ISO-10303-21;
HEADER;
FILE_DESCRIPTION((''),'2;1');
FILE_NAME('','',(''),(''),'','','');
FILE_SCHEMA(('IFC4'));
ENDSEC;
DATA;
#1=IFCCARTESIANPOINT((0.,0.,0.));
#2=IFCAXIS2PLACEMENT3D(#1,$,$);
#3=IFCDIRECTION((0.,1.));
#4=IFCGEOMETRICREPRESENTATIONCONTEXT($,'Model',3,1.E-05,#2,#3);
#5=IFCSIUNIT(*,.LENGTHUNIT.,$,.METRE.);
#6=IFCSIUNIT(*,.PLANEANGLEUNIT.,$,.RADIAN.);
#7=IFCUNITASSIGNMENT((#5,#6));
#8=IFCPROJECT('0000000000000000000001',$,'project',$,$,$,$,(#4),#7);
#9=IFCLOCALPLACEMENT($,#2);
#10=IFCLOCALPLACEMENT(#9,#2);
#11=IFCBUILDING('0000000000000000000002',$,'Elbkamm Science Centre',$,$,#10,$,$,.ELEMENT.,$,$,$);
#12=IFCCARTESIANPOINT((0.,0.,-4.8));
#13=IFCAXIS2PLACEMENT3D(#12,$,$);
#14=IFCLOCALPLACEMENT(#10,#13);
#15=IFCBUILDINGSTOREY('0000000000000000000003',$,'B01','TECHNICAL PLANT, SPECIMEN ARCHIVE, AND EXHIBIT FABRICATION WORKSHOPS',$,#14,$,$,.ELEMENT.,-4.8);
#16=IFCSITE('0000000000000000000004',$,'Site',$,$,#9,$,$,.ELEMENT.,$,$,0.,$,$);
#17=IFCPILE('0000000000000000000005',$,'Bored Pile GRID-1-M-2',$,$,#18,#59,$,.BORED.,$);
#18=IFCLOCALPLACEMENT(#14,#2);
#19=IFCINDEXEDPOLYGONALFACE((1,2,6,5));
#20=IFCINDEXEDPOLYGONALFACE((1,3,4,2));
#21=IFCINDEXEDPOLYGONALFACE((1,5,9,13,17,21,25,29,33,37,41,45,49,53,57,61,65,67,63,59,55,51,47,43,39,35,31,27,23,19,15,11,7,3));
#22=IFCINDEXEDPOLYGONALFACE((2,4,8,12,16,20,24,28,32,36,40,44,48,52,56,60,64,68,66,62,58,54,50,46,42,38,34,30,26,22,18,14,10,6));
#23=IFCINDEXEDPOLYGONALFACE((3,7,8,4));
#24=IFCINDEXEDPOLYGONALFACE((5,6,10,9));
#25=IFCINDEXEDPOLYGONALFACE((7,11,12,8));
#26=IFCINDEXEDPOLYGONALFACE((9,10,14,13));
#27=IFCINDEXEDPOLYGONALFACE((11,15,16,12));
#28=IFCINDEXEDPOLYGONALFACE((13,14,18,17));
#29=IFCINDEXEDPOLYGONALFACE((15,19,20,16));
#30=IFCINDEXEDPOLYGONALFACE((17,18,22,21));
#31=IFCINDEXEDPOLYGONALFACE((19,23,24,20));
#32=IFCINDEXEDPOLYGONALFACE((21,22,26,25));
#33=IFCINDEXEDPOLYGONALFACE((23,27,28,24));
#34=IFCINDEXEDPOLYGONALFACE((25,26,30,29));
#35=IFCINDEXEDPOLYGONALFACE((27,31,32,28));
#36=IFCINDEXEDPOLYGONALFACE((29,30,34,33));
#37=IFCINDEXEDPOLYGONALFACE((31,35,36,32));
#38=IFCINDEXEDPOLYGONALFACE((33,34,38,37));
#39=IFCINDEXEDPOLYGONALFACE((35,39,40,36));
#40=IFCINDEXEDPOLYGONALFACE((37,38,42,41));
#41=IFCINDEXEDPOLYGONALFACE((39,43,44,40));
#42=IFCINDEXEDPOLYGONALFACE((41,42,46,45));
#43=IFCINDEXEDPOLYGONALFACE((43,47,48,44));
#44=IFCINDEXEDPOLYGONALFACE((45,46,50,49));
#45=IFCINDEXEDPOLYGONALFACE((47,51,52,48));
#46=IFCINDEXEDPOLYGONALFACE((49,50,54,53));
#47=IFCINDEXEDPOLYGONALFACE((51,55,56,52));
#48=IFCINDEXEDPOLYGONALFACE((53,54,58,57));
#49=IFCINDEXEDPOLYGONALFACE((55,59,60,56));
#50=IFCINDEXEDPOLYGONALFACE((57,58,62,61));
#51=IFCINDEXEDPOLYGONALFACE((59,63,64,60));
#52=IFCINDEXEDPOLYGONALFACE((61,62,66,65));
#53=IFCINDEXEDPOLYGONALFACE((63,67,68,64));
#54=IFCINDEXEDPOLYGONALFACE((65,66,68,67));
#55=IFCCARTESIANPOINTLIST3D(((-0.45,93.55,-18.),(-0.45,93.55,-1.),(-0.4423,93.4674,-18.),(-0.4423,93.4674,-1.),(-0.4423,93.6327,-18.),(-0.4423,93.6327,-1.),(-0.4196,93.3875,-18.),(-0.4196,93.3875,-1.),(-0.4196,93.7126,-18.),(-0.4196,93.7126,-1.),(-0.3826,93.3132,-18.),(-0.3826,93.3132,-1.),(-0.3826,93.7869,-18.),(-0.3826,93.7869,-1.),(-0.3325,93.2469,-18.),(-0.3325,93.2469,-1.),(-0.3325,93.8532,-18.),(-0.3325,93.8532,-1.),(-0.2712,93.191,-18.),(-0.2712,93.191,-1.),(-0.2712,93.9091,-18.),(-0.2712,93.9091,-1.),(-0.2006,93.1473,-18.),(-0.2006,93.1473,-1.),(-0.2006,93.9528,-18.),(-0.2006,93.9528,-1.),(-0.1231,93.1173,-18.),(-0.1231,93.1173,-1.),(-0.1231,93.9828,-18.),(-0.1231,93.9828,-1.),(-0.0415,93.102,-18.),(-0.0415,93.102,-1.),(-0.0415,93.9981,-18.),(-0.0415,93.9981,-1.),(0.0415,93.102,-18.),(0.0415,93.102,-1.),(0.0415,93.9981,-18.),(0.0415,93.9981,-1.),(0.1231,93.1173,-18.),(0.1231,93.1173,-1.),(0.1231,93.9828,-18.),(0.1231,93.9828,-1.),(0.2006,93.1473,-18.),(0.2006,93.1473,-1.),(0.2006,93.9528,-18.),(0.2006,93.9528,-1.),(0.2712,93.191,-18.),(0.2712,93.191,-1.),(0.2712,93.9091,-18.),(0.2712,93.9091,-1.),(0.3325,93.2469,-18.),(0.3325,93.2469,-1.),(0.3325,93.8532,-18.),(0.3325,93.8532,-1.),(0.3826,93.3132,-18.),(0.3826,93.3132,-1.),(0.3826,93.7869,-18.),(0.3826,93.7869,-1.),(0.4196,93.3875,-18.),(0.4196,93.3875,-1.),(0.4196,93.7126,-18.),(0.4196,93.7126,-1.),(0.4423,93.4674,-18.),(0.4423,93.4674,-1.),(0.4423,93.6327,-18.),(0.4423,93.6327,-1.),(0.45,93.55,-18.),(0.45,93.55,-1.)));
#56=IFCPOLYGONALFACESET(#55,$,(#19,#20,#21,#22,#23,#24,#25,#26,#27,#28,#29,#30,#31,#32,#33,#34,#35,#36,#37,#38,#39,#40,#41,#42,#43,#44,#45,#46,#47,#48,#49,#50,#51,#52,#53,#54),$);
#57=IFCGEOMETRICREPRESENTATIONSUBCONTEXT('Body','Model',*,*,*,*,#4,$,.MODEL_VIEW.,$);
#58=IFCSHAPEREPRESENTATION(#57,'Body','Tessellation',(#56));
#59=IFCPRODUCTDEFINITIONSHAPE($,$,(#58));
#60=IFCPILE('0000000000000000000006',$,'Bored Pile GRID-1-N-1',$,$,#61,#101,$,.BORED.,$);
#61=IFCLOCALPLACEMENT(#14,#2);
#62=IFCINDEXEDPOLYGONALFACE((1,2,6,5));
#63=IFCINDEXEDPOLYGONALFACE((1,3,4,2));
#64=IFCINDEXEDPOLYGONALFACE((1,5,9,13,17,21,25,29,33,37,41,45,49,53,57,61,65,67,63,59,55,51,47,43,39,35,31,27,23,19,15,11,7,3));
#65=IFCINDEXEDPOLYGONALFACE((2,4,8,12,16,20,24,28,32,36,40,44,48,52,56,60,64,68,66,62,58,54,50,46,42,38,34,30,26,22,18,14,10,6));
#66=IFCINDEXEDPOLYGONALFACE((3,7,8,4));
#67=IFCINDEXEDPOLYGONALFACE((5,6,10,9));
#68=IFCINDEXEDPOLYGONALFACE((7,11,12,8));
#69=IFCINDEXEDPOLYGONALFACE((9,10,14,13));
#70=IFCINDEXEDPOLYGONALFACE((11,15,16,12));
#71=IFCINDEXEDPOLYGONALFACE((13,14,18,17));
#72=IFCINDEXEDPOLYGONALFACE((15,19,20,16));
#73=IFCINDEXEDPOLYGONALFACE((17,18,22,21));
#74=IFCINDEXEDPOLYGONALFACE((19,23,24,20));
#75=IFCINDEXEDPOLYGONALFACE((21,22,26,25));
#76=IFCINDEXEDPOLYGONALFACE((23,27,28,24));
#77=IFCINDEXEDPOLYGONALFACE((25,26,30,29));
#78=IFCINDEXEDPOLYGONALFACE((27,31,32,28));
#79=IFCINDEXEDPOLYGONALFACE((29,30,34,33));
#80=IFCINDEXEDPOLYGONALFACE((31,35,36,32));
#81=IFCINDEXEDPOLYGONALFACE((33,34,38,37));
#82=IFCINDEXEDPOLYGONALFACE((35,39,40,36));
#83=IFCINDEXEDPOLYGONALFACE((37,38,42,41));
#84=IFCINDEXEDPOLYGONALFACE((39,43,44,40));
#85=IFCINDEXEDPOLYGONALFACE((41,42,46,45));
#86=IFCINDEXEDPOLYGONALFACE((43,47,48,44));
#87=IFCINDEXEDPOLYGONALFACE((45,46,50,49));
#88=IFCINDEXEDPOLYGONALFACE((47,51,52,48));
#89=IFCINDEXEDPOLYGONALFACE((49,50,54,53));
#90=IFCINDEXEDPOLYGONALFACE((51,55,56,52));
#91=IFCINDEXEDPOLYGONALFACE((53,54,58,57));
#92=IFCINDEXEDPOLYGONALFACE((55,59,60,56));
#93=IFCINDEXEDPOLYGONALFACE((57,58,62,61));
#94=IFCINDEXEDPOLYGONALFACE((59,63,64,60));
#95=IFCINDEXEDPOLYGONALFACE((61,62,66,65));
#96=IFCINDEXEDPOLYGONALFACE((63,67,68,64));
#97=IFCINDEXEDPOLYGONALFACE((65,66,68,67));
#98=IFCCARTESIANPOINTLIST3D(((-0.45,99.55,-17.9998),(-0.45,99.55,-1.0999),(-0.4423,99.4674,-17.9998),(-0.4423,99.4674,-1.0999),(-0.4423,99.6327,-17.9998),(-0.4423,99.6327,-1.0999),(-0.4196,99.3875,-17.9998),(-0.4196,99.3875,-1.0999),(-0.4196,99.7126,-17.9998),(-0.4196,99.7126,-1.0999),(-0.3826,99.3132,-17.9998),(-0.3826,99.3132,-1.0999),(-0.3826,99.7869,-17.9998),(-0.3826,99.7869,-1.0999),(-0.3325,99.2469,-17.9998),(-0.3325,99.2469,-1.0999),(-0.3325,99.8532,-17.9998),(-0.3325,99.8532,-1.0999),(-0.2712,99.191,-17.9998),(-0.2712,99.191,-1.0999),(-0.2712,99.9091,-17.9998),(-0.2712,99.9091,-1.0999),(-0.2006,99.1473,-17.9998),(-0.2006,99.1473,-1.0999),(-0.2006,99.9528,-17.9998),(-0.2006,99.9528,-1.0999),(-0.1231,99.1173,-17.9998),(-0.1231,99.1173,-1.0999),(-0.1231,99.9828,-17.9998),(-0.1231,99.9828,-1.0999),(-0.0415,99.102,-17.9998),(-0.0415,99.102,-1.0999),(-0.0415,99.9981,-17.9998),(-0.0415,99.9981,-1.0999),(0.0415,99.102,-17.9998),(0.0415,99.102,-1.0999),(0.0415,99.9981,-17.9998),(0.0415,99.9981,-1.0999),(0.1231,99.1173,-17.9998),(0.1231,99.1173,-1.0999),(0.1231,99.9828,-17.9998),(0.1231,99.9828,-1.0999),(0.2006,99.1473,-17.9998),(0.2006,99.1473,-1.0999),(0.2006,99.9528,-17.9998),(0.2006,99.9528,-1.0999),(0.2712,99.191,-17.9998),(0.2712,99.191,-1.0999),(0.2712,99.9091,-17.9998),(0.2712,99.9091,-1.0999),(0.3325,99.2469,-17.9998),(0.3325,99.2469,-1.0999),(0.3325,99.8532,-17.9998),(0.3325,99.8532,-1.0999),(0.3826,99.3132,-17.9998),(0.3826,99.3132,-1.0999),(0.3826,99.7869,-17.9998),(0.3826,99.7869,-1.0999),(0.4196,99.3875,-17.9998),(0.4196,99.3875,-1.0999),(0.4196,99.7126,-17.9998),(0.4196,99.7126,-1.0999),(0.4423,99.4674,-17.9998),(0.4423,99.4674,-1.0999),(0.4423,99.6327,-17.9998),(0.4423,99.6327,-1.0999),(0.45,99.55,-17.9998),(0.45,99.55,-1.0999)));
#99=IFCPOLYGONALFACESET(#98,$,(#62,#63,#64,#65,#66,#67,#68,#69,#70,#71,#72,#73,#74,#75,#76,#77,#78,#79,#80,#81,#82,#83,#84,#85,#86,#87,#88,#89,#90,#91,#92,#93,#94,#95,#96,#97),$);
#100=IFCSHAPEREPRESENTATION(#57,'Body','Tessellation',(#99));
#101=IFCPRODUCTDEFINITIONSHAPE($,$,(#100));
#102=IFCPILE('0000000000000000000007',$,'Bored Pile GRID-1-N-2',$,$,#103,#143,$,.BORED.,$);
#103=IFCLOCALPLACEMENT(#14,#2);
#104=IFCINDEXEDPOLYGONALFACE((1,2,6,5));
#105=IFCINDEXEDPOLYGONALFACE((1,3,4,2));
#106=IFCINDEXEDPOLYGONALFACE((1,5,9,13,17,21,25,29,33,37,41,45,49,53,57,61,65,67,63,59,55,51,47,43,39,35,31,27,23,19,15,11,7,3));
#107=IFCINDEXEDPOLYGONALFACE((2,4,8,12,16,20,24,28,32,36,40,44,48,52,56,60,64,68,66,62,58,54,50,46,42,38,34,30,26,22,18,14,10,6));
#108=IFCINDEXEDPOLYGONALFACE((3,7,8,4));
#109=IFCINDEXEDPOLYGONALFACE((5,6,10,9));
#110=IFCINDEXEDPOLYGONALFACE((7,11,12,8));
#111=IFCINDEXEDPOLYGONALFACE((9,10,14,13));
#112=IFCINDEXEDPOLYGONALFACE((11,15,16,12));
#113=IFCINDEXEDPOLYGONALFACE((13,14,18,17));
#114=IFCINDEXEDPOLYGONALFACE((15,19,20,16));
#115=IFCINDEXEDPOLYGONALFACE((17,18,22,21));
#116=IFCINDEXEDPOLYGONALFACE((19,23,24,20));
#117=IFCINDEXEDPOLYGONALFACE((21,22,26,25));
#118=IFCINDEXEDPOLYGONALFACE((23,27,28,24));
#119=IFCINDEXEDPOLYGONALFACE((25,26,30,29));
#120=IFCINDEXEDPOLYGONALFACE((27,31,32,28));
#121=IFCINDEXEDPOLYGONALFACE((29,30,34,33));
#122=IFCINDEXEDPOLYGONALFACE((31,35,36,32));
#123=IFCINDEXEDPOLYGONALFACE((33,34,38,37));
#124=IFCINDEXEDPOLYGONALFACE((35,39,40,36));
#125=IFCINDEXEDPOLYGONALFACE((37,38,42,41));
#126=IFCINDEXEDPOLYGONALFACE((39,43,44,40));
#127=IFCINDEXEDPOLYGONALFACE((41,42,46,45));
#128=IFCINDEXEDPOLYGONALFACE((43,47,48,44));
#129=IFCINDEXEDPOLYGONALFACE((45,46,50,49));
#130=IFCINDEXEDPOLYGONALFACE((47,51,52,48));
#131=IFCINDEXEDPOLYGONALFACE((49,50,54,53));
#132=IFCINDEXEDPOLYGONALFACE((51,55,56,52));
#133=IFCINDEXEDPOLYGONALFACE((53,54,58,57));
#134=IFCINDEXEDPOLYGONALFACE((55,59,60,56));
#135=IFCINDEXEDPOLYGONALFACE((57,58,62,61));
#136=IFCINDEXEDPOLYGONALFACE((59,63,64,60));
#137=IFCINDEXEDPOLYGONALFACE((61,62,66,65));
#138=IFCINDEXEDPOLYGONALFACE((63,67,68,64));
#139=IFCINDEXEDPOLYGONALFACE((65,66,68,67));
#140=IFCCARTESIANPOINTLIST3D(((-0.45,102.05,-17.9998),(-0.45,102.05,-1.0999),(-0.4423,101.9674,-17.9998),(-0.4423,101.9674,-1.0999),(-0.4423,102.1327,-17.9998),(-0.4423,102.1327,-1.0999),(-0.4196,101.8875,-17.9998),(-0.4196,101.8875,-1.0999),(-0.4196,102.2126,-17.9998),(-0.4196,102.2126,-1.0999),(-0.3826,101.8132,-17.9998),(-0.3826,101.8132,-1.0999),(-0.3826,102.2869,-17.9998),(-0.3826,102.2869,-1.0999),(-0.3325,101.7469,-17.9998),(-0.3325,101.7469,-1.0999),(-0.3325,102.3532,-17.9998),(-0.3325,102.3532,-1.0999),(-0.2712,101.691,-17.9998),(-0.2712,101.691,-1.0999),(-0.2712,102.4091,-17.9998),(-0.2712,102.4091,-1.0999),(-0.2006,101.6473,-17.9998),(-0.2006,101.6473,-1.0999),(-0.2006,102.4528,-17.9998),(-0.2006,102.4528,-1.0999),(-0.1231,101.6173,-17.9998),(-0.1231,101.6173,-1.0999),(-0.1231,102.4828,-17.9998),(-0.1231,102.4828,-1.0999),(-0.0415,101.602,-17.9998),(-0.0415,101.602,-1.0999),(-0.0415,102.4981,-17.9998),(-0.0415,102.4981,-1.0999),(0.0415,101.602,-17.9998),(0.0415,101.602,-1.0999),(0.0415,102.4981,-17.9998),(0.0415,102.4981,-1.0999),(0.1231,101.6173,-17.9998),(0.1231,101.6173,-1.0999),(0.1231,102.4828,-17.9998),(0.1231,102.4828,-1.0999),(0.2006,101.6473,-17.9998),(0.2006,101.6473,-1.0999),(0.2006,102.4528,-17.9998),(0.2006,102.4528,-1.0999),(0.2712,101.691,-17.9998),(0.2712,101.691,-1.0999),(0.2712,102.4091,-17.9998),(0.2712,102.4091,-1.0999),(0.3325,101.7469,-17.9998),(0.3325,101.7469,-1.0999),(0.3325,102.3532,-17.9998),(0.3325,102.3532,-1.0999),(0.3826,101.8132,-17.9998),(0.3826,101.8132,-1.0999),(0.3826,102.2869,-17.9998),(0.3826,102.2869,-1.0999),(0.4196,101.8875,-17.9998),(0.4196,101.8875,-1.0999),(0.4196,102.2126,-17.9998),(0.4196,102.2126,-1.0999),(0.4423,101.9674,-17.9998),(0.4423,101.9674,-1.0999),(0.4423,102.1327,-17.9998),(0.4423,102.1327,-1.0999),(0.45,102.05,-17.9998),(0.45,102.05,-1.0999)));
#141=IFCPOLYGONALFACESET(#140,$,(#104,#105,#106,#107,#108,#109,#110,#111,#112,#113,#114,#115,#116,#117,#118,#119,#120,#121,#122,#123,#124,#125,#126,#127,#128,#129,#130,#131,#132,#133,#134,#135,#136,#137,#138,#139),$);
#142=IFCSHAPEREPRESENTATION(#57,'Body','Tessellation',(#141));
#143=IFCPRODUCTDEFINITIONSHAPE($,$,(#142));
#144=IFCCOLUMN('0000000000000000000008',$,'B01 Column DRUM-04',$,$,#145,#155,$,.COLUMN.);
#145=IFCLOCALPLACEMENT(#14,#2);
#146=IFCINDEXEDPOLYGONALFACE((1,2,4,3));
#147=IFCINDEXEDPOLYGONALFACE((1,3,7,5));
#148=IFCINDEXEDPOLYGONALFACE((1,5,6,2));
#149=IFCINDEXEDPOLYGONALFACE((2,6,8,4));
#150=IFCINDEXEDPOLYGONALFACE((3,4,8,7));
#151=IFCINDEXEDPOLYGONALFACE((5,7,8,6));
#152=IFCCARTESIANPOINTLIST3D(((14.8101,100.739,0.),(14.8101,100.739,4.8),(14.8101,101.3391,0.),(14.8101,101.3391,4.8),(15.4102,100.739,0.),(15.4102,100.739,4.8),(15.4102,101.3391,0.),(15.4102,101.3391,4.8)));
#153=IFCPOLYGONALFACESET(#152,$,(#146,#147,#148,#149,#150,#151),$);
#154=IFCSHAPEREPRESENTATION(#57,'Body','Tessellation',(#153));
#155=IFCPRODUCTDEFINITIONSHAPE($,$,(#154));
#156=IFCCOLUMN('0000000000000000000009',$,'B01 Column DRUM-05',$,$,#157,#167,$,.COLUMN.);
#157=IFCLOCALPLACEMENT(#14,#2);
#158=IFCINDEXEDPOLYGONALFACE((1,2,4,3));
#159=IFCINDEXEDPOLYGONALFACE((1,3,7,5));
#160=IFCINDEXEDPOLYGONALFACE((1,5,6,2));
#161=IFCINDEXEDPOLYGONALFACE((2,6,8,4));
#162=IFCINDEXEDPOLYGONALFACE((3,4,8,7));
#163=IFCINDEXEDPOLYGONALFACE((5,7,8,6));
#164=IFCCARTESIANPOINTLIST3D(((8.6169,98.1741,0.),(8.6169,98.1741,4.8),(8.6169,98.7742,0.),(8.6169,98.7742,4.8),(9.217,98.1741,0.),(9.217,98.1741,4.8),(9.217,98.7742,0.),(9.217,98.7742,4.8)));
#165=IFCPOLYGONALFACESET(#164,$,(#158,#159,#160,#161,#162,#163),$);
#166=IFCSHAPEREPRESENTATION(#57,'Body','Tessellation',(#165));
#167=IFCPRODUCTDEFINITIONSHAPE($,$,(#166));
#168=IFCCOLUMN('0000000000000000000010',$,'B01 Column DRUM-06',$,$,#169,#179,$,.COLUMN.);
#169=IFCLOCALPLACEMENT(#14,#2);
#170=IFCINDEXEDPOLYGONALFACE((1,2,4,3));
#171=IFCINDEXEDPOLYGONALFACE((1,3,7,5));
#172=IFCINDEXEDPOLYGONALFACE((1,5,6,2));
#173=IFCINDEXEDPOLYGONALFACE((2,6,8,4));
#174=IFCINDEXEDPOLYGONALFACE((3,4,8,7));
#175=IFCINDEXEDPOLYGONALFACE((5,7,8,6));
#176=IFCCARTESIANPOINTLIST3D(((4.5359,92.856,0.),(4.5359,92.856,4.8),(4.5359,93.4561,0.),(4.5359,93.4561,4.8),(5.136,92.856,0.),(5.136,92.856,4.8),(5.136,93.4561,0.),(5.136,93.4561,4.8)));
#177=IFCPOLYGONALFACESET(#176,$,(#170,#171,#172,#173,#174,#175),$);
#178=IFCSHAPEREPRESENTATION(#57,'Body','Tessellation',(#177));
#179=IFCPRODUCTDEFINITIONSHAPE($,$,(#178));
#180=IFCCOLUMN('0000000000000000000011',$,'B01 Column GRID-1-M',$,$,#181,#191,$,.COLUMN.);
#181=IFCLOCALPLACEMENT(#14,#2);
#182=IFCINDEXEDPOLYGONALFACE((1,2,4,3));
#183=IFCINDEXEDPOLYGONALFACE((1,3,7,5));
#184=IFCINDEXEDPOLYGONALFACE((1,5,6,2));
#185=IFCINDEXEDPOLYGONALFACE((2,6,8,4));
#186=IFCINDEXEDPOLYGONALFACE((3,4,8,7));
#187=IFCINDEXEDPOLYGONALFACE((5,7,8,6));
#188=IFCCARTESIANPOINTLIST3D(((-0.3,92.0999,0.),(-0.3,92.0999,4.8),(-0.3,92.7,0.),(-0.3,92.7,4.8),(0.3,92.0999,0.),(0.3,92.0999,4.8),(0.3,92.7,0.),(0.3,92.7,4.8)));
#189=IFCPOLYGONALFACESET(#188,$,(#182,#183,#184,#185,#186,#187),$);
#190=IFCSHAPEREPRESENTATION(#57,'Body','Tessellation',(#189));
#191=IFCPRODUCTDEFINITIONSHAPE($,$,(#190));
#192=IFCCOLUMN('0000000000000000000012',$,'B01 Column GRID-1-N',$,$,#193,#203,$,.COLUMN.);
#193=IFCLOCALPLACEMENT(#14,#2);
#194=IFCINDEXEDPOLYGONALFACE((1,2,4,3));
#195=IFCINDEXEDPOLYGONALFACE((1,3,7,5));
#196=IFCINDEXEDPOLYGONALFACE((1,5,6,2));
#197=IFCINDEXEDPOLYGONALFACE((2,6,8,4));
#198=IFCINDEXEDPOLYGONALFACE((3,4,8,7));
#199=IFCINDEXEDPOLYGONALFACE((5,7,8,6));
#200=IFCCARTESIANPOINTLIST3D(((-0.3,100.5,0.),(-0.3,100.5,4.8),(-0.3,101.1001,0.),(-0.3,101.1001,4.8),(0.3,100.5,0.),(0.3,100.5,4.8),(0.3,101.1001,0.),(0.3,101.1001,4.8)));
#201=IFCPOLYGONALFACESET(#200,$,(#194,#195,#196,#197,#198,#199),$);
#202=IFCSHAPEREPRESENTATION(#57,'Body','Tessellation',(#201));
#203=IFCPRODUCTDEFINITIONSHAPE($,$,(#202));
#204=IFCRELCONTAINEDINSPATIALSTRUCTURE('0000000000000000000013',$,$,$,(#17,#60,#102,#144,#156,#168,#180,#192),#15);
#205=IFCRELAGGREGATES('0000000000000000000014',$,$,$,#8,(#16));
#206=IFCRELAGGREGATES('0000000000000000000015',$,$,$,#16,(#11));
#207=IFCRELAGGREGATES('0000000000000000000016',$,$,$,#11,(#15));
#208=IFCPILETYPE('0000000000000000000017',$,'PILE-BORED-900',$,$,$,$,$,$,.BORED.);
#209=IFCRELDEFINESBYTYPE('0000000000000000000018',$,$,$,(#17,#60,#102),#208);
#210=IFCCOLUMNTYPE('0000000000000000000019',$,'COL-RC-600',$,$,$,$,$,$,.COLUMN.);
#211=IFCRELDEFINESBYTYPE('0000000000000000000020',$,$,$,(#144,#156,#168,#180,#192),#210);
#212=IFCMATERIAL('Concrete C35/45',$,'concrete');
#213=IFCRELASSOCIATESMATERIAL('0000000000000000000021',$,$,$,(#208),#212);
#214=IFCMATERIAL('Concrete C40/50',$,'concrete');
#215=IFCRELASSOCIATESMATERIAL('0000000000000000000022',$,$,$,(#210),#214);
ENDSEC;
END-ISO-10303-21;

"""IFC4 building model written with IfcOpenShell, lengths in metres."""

from ifc_helpers import new_model, si_unit, direction, frame, origin, origin_2d, place, context, subcontext, project, spatial, rectangle, circle, extrude, material, material_profile, profile_set, type_object, element, save


model = new_model("IFC4")

# Units and contexts
model_context = context("Model", 3, precision=1e-05, world=origin(), true_north=direction((0.0, 1.0)))
body_context = subcontext(model_context, "Body", "Model", "MODEL_VIEW")
ifc_project = project(units=[si_unit("LENGTHUNIT", "METRE"), si_unit("PLANEANGLEUNIT", "RADIAN")], contexts=[model_context])

# Site, building, storey
site_placement = place(None, origin())
site = spatial("IfcSite", under=ifc_project, at=site_placement, Name="Site", CompositionType="ELEMENT", RefElevation=0.0)
building_placement = place(site_placement, origin())
building = spatial("IfcBuilding", under=site, at=building_placement, Name="Elbkamm Science Centre", CompositionType="ELEMENT")
storey_placement = place(building_placement, frame((0.0, 0.0, -4.8)))
storey = spatial("IfcBuildingStorey", under=building, at=storey_placement, Name="B01", Description="TECHNICAL PLANT, SPECIMEN ARCHIVE, AND EXHIBIT FABRICATION WORKSHOPS", CompositionType="ELEMENT", Elevation=-4.8)

# Shared definitions
ifc_material_1 = material(Name="Concrete C35/45", Category="concrete")

# Piles
ifc_material_profile_1 = material_profile(ifc_material_1, circle(Radius=0.45, at=origin_2d()), Name="PILE D900")
ifc_profile_set_1 = profile_set([ifc_material_profile_1], Name="Concrete C35/45")
pile_type = type_object("IfcPileType", Name="PILE-BORED-900", PredefinedType="BORED", material=ifc_profile_set_1)
pile_1_placement = place(storey_placement, frame((0.0, 93.55, -1.0), z_axis=(0.0, 0.0, -1.0), x_axis=(1.0, 0.0, 0.0)))
element("IfcPile", 1, at=pile_1_placement, inside=storey, type_object=pile_type, Name="Bored Pile GRID-1-M-2", PredefinedType="BORED", context=body_context, shape_type="SweptSolid", body=[
    extrude(circle(Radius=0.45, at=origin_2d()), origin(), (0.0, 0.0, 1.0), 17.0),
])
for number, where, z_axis, x_axis, name in (
    (2, (0.0, 99.55, -1.0999), (0.0, 0.0, -1.0), (1.0, 0.0, 0.0), "Bored Pile GRID-1-N-1"),
    (3, (0.0, 102.05, -1.0999), (0.0, 0.0, -1.0), (1.0, 0.0, 0.0), "Bored Pile GRID-1-N-2"),
):
    element("IfcPile", number, at=place(storey_placement, frame(where, z_axis=z_axis, x_axis=x_axis)), inside=storey, type_object=pile_type, Name=name, PredefinedType="BORED", context=body_context, shape_type="SweptSolid", body=[
        extrude(circle(Radius=0.45, at=origin_2d()), origin(), (0.0, 0.0, 1.0), 16.8999),
    ])

# Columns
ifc_material_2 = material(Name="Concrete C40/50", Category="concrete")
ifc_material_profile_2 = material_profile(ifc_material_2, rectangle(XDim=0.6001, YDim=0.6001, at=origin_2d()), Name="RC 600x600")
ifc_profile_set_2 = profile_set([ifc_material_profile_2], Name="Concrete C40/50")
column_type = type_object("IfcColumnType", Name="COL-RC-600", PredefinedType="COLUMN", material=ifc_profile_set_2)
for number, where, z_axis, x_axis, name in (
    (4, (15.1101, 101.0391, 0.0), (0.0, 0.0, 1.0), (1.0, 0.0, 0.0), "B01 Column DRUM-04"),
    (5, (8.917, 98.4741, 0.0), (0.0, 0.0, 1.0), (1.0, 0.0, 0.0), "B01 Column DRUM-05"),
    (6, (4.8359, 93.156, 0.0), (0.0, 0.0, 1.0), (1.0, 0.0, 0.0), "B01 Column DRUM-06"),
    (7, (0.0, 92.3999, 0.0), (0.0, 0.0, 1.0), (1.0, 0.0, 0.0), "B01 Column GRID-1-M"),
    (8, (0.0, 100.8, 0.0), (0.0, 0.0, 1.0), (1.0, 0.0, 0.0), "B01 Column GRID-1-N"),
):
    element("IfcColumn", number, at=place(storey_placement, frame(where, z_axis=z_axis, x_axis=x_axis)), inside=storey, type_object=column_type, Name=name, PredefinedType="COLUMN", context=body_context, shape_type="SweptSolid", body=[
        extrude(rectangle(XDim=0.6001, YDim=0.6001, at=origin_2d()), origin(), (0.0, 0.0, 1.0), 4.8),
    ])

save(model, "model.ifc")
